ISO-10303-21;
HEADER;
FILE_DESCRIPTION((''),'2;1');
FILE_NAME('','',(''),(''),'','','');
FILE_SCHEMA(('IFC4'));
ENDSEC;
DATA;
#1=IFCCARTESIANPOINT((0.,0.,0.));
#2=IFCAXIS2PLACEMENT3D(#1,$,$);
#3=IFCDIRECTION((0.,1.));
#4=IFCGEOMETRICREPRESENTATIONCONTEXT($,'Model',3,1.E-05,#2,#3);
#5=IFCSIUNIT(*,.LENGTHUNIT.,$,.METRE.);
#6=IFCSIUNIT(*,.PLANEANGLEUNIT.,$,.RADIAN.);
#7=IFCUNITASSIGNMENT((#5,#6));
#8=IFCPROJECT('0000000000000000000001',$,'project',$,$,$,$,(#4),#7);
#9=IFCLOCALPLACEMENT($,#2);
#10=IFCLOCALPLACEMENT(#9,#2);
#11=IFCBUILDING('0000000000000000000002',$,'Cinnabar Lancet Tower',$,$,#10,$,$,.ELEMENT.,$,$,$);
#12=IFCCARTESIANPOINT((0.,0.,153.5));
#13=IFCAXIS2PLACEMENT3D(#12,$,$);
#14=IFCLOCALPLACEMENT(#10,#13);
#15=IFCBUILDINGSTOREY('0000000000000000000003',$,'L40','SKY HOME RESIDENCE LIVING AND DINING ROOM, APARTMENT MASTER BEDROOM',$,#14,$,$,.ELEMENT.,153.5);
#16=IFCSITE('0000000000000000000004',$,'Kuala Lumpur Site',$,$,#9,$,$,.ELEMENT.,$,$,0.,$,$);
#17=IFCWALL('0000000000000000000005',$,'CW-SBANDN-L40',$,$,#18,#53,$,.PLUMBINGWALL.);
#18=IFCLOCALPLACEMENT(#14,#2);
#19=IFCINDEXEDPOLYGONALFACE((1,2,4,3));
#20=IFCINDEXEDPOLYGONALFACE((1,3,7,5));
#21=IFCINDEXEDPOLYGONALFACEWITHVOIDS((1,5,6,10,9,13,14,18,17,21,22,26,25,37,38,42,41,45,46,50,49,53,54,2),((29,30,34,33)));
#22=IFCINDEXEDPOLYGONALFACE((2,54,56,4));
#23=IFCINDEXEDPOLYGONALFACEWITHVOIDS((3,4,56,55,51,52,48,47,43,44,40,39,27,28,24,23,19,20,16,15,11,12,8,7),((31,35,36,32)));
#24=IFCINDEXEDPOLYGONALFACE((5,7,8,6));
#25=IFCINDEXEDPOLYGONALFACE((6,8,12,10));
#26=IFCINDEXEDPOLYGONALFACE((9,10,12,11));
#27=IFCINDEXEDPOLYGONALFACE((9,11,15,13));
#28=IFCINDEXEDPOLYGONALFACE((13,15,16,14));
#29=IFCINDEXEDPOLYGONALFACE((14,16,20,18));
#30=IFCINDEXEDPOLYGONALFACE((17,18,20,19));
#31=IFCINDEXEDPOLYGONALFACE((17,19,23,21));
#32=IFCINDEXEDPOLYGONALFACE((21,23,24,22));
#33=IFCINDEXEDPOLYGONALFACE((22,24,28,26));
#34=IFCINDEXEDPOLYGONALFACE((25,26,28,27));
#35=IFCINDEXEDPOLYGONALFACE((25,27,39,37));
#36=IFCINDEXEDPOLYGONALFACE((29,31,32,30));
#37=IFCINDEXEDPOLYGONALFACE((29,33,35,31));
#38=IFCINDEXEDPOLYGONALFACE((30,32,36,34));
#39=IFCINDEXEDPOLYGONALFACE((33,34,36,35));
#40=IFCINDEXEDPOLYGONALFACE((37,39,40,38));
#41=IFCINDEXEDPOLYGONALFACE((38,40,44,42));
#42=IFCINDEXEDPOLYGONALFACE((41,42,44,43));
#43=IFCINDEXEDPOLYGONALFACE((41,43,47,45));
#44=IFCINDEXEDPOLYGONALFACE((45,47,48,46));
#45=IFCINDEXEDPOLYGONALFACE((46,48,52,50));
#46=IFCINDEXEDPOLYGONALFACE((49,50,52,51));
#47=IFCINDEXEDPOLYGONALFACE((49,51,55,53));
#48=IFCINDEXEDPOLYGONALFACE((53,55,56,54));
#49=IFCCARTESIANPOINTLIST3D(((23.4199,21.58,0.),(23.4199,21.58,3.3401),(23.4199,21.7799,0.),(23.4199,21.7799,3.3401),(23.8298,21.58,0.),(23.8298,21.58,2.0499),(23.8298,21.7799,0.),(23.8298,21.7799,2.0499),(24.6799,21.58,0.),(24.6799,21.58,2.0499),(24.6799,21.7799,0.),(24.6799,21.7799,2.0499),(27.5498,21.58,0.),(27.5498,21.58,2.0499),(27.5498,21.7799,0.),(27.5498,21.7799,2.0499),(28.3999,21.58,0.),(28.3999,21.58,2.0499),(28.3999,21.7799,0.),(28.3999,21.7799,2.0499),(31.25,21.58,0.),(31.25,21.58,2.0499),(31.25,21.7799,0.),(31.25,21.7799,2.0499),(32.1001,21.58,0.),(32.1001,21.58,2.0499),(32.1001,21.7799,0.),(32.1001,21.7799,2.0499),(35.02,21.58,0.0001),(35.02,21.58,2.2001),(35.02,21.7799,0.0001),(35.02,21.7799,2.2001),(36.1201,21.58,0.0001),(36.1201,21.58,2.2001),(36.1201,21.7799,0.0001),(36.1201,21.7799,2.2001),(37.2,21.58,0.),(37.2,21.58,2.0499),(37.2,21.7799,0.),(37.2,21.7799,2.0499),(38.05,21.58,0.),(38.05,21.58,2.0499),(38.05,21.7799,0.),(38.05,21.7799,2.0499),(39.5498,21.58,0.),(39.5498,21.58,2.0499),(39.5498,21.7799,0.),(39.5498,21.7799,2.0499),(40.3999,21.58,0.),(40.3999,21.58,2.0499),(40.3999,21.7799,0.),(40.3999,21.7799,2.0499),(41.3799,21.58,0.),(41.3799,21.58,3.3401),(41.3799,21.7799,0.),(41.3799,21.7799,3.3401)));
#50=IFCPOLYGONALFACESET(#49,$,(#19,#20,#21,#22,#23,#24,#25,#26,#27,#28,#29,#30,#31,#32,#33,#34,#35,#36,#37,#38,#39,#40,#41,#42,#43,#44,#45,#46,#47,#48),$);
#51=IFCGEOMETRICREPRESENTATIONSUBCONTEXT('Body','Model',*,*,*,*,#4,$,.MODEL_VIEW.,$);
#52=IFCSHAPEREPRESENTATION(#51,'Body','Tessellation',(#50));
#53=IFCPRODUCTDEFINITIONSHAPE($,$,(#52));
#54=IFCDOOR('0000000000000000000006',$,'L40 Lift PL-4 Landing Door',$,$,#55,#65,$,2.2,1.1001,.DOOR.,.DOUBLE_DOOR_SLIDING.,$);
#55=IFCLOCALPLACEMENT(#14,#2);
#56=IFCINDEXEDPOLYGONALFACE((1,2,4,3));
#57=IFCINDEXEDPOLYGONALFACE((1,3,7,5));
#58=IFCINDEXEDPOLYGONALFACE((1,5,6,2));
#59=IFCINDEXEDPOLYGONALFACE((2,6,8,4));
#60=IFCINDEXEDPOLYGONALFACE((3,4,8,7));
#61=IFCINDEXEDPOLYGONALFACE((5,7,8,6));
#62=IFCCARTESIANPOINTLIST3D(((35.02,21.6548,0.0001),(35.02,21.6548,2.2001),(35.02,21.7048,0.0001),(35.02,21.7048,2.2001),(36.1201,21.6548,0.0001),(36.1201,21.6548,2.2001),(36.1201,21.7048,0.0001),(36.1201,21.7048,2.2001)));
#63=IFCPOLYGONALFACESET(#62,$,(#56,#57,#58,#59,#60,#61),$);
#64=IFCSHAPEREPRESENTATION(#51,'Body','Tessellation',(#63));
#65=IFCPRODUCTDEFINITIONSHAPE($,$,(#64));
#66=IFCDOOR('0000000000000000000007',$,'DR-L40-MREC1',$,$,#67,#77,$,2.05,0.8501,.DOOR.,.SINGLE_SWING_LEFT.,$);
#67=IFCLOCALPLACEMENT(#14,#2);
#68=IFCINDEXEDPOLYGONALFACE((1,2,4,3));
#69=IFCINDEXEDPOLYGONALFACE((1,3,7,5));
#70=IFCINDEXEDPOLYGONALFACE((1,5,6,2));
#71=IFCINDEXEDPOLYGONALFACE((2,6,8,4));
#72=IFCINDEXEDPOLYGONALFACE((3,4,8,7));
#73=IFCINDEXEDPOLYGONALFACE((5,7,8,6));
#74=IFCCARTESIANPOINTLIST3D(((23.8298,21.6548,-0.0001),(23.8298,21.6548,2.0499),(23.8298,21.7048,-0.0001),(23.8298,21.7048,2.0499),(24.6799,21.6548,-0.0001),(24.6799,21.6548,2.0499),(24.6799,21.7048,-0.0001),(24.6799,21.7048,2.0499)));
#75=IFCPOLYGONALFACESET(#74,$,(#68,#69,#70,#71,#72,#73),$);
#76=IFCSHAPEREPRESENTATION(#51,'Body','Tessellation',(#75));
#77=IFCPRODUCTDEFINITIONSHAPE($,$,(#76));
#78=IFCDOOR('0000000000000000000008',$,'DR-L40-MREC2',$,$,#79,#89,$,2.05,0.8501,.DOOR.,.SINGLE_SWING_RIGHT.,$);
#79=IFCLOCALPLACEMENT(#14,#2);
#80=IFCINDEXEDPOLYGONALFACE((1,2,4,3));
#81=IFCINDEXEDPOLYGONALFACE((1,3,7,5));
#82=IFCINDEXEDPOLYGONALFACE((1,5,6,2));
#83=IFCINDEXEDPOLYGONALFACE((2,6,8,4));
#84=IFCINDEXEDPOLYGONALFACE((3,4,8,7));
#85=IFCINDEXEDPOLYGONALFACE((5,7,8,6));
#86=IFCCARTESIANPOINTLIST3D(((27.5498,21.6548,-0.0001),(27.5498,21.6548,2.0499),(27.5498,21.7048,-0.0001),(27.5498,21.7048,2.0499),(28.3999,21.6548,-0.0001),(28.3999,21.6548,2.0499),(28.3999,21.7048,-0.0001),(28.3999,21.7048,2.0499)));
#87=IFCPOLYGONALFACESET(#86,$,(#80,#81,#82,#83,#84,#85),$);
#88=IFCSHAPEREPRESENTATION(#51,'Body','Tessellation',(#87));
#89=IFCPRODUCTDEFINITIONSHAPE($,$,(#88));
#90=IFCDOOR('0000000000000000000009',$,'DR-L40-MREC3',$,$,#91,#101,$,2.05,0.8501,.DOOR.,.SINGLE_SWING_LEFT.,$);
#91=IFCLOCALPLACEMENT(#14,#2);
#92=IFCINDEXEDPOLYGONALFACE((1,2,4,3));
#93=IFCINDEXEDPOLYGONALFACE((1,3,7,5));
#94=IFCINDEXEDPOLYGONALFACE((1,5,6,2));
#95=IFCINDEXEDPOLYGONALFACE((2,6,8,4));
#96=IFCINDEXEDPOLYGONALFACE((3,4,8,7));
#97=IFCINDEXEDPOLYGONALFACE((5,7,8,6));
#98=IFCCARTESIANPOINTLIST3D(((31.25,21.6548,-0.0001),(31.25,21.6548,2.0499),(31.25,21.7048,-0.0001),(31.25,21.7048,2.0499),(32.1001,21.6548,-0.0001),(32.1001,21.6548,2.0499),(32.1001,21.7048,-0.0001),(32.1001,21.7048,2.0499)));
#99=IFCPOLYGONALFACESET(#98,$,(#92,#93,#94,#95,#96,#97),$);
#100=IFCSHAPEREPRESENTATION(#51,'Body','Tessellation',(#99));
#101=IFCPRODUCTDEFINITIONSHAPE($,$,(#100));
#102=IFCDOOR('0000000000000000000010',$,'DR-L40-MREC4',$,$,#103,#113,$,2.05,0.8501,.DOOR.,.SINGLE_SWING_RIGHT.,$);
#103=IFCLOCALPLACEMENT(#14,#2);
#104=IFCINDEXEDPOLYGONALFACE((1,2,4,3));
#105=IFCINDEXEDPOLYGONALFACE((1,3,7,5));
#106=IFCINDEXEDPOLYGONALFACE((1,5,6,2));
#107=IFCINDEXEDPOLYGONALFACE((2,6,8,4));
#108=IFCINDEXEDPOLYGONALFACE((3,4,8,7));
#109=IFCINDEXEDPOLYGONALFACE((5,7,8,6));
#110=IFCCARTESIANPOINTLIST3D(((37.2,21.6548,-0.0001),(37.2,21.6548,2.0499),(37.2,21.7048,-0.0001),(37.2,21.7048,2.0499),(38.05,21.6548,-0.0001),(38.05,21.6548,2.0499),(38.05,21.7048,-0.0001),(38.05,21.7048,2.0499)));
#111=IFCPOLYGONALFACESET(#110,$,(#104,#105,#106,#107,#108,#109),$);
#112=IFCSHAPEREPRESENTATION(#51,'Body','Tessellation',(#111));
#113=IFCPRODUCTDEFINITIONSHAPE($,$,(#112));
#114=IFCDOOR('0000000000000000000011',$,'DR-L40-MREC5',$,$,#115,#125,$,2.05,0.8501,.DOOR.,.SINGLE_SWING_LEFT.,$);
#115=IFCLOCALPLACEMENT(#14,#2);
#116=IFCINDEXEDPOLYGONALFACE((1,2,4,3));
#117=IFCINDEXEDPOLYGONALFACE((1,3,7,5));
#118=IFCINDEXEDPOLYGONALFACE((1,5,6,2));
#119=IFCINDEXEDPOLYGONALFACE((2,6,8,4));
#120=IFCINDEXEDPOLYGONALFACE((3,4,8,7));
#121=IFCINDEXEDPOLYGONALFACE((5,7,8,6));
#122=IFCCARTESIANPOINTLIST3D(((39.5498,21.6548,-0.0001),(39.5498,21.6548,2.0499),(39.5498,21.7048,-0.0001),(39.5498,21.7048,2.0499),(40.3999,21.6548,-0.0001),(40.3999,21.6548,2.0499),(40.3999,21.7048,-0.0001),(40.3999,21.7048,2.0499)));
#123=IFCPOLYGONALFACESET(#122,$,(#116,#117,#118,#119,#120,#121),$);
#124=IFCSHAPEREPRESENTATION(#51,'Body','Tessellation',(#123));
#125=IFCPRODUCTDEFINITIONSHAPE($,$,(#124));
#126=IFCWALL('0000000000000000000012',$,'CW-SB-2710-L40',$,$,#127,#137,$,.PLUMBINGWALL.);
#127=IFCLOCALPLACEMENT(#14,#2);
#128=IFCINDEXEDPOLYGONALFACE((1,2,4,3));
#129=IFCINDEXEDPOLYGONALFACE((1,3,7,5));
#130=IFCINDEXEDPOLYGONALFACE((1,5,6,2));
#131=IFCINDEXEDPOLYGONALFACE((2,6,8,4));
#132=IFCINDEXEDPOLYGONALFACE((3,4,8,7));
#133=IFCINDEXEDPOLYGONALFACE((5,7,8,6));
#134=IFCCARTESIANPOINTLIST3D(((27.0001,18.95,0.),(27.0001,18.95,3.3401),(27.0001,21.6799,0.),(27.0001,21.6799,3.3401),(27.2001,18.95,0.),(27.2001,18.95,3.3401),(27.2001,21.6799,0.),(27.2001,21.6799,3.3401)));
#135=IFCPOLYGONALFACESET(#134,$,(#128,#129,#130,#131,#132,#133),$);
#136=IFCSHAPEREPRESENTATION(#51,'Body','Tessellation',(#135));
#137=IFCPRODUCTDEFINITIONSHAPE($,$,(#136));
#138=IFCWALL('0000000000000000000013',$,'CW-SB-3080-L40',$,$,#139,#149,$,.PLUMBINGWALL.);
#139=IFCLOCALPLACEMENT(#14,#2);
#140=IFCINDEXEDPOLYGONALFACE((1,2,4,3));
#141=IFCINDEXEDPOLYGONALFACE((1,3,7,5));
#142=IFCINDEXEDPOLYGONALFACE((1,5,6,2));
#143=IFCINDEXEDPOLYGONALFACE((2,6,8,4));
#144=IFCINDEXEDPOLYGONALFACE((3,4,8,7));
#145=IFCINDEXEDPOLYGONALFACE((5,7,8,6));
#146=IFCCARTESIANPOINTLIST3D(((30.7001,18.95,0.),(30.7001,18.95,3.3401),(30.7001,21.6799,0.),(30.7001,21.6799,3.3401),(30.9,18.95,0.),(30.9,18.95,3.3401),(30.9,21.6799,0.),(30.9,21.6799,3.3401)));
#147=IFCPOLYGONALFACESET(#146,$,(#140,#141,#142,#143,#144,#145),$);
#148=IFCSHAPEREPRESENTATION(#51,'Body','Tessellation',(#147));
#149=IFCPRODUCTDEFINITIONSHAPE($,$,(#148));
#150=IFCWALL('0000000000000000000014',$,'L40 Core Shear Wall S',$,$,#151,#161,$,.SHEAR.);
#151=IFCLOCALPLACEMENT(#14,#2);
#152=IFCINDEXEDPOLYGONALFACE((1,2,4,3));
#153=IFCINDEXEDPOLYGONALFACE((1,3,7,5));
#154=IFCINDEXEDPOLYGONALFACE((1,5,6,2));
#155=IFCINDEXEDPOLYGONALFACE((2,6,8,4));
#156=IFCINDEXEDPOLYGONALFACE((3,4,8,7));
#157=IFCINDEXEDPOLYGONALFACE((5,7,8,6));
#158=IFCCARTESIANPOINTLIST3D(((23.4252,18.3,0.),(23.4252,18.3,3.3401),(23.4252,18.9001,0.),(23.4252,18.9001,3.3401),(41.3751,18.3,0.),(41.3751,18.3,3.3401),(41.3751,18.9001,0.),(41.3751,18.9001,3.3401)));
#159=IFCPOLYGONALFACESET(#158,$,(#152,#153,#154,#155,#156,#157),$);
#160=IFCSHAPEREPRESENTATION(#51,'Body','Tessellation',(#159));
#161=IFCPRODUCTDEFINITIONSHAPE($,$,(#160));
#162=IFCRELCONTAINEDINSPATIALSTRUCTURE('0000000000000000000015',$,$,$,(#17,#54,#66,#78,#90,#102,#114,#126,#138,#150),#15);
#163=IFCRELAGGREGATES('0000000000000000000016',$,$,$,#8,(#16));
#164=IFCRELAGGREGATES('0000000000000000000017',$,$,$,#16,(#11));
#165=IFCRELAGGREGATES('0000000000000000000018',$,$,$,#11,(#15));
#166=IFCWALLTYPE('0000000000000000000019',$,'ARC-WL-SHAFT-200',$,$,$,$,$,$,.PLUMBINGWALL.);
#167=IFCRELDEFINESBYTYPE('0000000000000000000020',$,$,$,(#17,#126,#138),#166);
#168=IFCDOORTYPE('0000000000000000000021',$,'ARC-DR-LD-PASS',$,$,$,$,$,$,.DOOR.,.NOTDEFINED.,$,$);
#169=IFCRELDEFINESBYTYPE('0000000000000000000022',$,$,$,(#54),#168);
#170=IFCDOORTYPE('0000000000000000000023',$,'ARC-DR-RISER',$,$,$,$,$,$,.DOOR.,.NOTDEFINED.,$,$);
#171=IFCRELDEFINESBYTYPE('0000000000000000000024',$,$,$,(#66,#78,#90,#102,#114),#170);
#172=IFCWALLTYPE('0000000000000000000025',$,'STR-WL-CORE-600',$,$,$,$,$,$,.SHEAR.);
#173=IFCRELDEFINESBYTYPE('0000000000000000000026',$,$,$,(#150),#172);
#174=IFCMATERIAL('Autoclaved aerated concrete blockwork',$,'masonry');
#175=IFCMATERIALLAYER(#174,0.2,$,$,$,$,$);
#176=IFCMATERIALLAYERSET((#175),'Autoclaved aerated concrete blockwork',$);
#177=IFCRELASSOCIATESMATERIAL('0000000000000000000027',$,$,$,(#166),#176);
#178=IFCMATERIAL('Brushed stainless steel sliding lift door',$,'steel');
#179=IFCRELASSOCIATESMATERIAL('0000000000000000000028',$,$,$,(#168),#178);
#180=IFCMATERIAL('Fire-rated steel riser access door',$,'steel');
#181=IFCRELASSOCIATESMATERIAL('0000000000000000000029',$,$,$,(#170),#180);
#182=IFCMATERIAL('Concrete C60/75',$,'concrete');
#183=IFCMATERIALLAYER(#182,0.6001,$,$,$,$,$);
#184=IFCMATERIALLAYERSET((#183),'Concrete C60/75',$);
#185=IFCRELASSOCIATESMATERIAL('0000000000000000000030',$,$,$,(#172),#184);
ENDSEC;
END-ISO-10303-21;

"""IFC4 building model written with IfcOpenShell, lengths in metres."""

from ifc_helpers import new_model, si_unit, direction, frame, frame_2d, origin, place, context, subcontext, project, spatial, rectangle, extrude, material, layer, layer_set, type_object, element, fill, save


model = new_model("IFC4")

# Units and contexts
model_context = context("Model", 3, precision=1e-05, world=origin(), true_north=direction((0.0, 1.0)))
body_context = subcontext(model_context, "Body", "Model", "MODEL_VIEW")
ifc_project = project(units=[si_unit("LENGTHUNIT", "METRE"), si_unit("PLANEANGLEUNIT", "RADIAN")], contexts=[model_context])

# Site, building, storey
site_placement = place(None, origin())
site = spatial("IfcSite", under=ifc_project, at=site_placement, Name="Kuala Lumpur Site", CompositionType="ELEMENT", RefElevation=0.0)
building_placement = place(site_placement, origin())
building = spatial("IfcBuilding", under=site, at=building_placement, Name="Cinnabar Lancet Tower", CompositionType="ELEMENT")
storey_placement = place(building_placement, frame((0.0, 0.0, 153.5)))
storey = spatial("IfcBuildingStorey", under=building, at=storey_placement, Name="L40", Description="SKY HOME RESIDENCE LIVING AND DINING ROOM, APARTMENT MASTER BEDROOM", CompositionType="ELEMENT", Elevation=153.5)

# Shared definitions
ifc_material_1 = material(Name="Autoclaved aerated concrete blockwork", Category="masonry")
ifc_layer_1 = layer(ifc_material_1, 0.2)
ifc_layer_set_1 = layer_set([ifc_layer_1], Name="Autoclaved aerated concrete blockwork")
wall_type_1 = type_object("IfcWallType", Name="ARC-WL-SHAFT-200", PredefinedType="PLUMBINGWALL", material=ifc_layer_set_1)

# Wall, openings, doors
wall_1_placement = place(storey_placement, frame((23.4199, 21.6799, 0.0), z_axis=(0.0, 0.0, 1.0), x_axis=(1.0, 0.0, 0.0)))
wall_1 = element("IfcWall", 1, at=wall_1_placement, inside=storey, type_object=wall_type_1, Name="CW-SBANDN-L40", PredefinedType="PLUMBINGWALL", context=body_context, shape_type="SweptSolid", body=[
    extrude(rectangle(XDim=17.96, YDim=0.2, at=frame_2d((8.98, 0.0))), origin(), (0.0, 0.0, 1.0), 3.3401),
])
opening_1_placement = place(wall_1_placement, frame((11.6001, 0.0, 0.0)))
opening_1 = element("IfcOpeningElement", 2, at=opening_1_placement, cuts=wall_1, PredefinedType="OPENING", context=body_context, shape_type="SweptSolid", body=[
    extrude(rectangle(XDim=1.1001, YDim=2.2, at=frame_2d((0.55, 1.1001))), frame((0.0, 0.1099, 0.0), z_axis=(0.0, -1.0, 0.0), x_axis=(1.0, 0.0, 0.0)), (0.0, 0.0, 1.0), 0.22),
])
opening_2_placement = place(wall_1_placement, frame((0.4099, 0.0, 0.0)))
opening_2 = element("IfcOpeningElement", 3, at=opening_2_placement, cuts=wall_1, PredefinedType="OPENING", context=body_context, shape_type="SweptSolid", body=[
    extrude(rectangle(XDim=0.8501, YDim=2.05, at=frame_2d((0.425, 1.0249))), frame((0.0, 0.1099, 0.0), z_axis=(0.0, -1.0, 0.0), x_axis=(1.0, 0.0, 0.0)), (0.0, 0.0, 1.0), 0.22),
])
opening_3_placement = place(wall_1_placement, frame((4.1299, 0.0, 0.0)))
opening_3 = element("IfcOpeningElement", 4, at=opening_3_placement, cuts=wall_1, PredefinedType="OPENING", context=body_context, shape_type="SweptSolid", body=[
    extrude(rectangle(XDim=0.8501, YDim=2.05, at=frame_2d((0.425, 1.0249))), frame((0.0, 0.1099, 0.0), z_axis=(0.0, -1.0, 0.0), x_axis=(1.0, 0.0, 0.0)), (0.0, 0.0, 1.0), 0.22),
])
opening_4_placement = place(wall_1_placement, frame((7.8301, 0.0, 0.0)))
opening_4 = element("IfcOpeningElement", 5, at=opening_4_placement, cuts=wall_1, PredefinedType="OPENING", context=body_context, shape_type="SweptSolid", body=[
    extrude(rectangle(XDim=0.8501, YDim=2.05, at=frame_2d((0.425, 1.0249))), frame((0.0, 0.1099, 0.0), z_axis=(0.0, -1.0, 0.0), x_axis=(1.0, 0.0, 0.0)), (0.0, 0.0, 1.0), 0.22),
])
opening_5_placement = place(wall_1_placement, frame((13.78, 0.0, 0.0)))
opening_5 = element("IfcOpeningElement", 6, at=opening_5_placement, cuts=wall_1, PredefinedType="OPENING", context=body_context, shape_type="SweptSolid", body=[
    extrude(rectangle(XDim=0.8501, YDim=2.05, at=frame_2d((0.425, 1.0249))), frame((0.0, 0.1099, 0.0), z_axis=(0.0, -1.0, 0.0), x_axis=(1.0, 0.0, 0.0)), (0.0, 0.0, 1.0), 0.22),
])
opening_6_placement = place(wall_1_placement, frame((16.1299, 0.0, 0.0)))
opening_6 = element("IfcOpeningElement", 7, at=opening_6_placement, cuts=wall_1, PredefinedType="OPENING", context=body_context, shape_type="SweptSolid", body=[
    extrude(rectangle(XDim=0.8501, YDim=2.05, at=frame_2d((0.425, 1.0249))), frame((0.0, 0.1099, 0.0), z_axis=(0.0, -1.0, 0.0), x_axis=(1.0, 0.0, 0.0)), (0.0, 0.0, 1.0), 0.22),
])
ifc_material_2 = material(Name="Brushed stainless steel sliding lift door", Category="steel")
door_type_1 = type_object("IfcDoorType", Name="ARC-DR-LD-PASS", OperationType="NOTDEFINED", PredefinedType="DOOR", material=ifc_material_2)
door_1_placement = place(opening_1_placement, origin())
door_1 = element("IfcDoor", 8, at=door_1_placement, inside=storey, type_object=door_type_1, Name="L40 Lift PL-4 Landing Door", OperationType="DOUBLE_DOOR_SLIDING", OverallHeight=2.2, OverallWidth=1.1001, PredefinedType="DOOR", context=body_context, shape_type="SweptSolid", body=[
    extrude(rectangle(XDim=1.1001, YDim=2.2, at=frame_2d((0.55, 1.1001))), frame((0.0, 0.0249, 0.0), z_axis=(0.0, -1.0, 0.0), x_axis=(1.0, 0.0, 0.0)), (0.0, 0.0, 1.0), 0.05),
])
fill(opening_1, door_1)
ifc_material_3 = material(Name="Fire-rated steel riser access door", Category="steel")
door_type_2 = type_object("IfcDoorType", Name="ARC-DR-RISER", OperationType="NOTDEFINED", PredefinedType="DOOR", material=ifc_material_3)
door_2_placement = place(opening_2_placement, origin())
door_2 = element("IfcDoor", 9, at=door_2_placement, inside=storey, type_object=door_type_2, Name="DR-L40-MREC1", OperationType="SINGLE_SWING_LEFT", OverallHeight=2.05, OverallWidth=0.8501, PredefinedType="DOOR", context=body_context, shape_type="SweptSolid", body=[
    extrude(rectangle(XDim=0.8501, YDim=2.05, at=frame_2d((0.425, 1.0249))), frame((0.0, 0.0249, 0.0), z_axis=(0.0, -1.0, 0.0), x_axis=(1.0, 0.0, 0.0)), (0.0, 0.0, 1.0), 0.05),
])
fill(opening_2, door_2)
door_3_placement = place(opening_3_placement, origin())
door_3 = element("IfcDoor", 10, at=door_3_placement, inside=storey, type_object=door_type_2, Name="DR-L40-MREC2", OperationType="SINGLE_SWING_RIGHT", OverallHeight=2.05, OverallWidth=0.8501, PredefinedType="DOOR", context=body_context, shape_type="SweptSolid", body=[
    extrude(rectangle(XDim=0.8501, YDim=2.05, at=frame_2d((0.425, 1.0249))), frame((0.0, 0.0249, 0.0), z_axis=(0.0, -1.0, 0.0), x_axis=(1.0, 0.0, 0.0)), (0.0, 0.0, 1.0), 0.05),
])
fill(opening_3, door_3)
door_4_placement = place(opening_4_placement, origin())
door_4 = element("IfcDoor", 11, at=door_4_placement, inside=storey, type_object=door_type_2, Name="DR-L40-MREC3", OperationType="SINGLE_SWING_LEFT", OverallHeight=2.05, OverallWidth=0.8501, PredefinedType="DOOR", context=body_context, shape_type="SweptSolid", body=[
    extrude(rectangle(XDim=0.8501, YDim=2.05, at=frame_2d((0.425, 1.0249))), frame((0.0, 0.0249, 0.0), z_axis=(0.0, -1.0, 0.0), x_axis=(1.0, 0.0, 0.0)), (0.0, 0.0, 1.0), 0.05),
])
fill(opening_4, door_4)
door_5_placement = place(opening_5_placement, origin())
door_5 = element("IfcDoor", 12, at=door_5_placement, inside=storey, type_object=door_type_2, Name="DR-L40-MREC4", OperationType="SINGLE_SWING_RIGHT", OverallHeight=2.05, OverallWidth=0.8501, PredefinedType="DOOR", context=body_context, shape_type="SweptSolid", body=[
    extrude(rectangle(XDim=0.8501, YDim=2.05, at=frame_2d((0.425, 1.0249))), frame((0.0, 0.0249, 0.0), z_axis=(0.0, -1.0, 0.0), x_axis=(1.0, 0.0, 0.0)), (0.0, 0.0, 1.0), 0.05),
])
fill(opening_5, door_5)
door_6_placement = place(opening_6_placement, origin())
door_6 = element("IfcDoor", 13, at=door_6_placement, inside=storey, type_object=door_type_2, Name="DR-L40-MREC5", OperationType="SINGLE_SWING_LEFT", OverallHeight=2.05, OverallWidth=0.8501, PredefinedType="DOOR", context=body_context, shape_type="SweptSolid", body=[
    extrude(rectangle(XDim=0.8501, YDim=2.05, at=frame_2d((0.425, 1.0249))), frame((0.0, 0.0249, 0.0), z_axis=(0.0, -1.0, 0.0), x_axis=(1.0, 0.0, 0.0)), (0.0, 0.0, 1.0), 0.05),
])
fill(opening_6, door_6)

# Walls
for number, where, z_axis, x_axis, name in (
    (14, (27.1001, 18.95, 0.0), (0.0, 0.0, 1.0), (0.0, 1.0, 0.0), "CW-SB-2710-L40"),
    (15, (30.8, 18.95, 0.0), (0.0, 0.0, 1.0), (0.0, 1.0, 0.0), "CW-SB-3080-L40"),
):
    element("IfcWall", number, at=place(storey_placement, frame(where, z_axis=z_axis, x_axis=x_axis)), inside=storey, type_object=wall_type_1, Name=name, PredefinedType="PLUMBINGWALL", context=body_context, shape_type="SweptSolid", body=[
        extrude(rectangle(XDim=2.73, YDim=0.2, at=frame_2d((1.365, 0.0))), origin(), (0.0, 0.0, 1.0), 3.3401),
    ])
ifc_material_4 = material(Name="Concrete C60/75", Category="concrete")
ifc_layer_2 = layer(ifc_material_4, 0.6001)
ifc_layer_set_2 = layer_set([ifc_layer_2], Name="Concrete C60/75")
wall_type_2 = type_object("IfcWallType", Name="STR-WL-CORE-600", PredefinedType="SHEAR", material=ifc_layer_set_2)
wall_2_placement = place(storey_placement, frame((23.425, 18.6001, 0.0), z_axis=(0.0, 0.0, 1.0), x_axis=(1.0, 0.0, 0.0)))
element("IfcWall", 16, at=wall_2_placement, inside=storey, type_object=wall_type_2, Name="L40 Core Shear Wall S", PredefinedType="SHEAR", context=body_context, shape_type="SweptSolid", body=[
    extrude(rectangle(XDim=17.95, YDim=0.6001, at=frame_2d((8.9751, 0.0))), origin(), (0.0, 0.0, 1.0), 3.3401),
])

save(model, "model.ifc")
